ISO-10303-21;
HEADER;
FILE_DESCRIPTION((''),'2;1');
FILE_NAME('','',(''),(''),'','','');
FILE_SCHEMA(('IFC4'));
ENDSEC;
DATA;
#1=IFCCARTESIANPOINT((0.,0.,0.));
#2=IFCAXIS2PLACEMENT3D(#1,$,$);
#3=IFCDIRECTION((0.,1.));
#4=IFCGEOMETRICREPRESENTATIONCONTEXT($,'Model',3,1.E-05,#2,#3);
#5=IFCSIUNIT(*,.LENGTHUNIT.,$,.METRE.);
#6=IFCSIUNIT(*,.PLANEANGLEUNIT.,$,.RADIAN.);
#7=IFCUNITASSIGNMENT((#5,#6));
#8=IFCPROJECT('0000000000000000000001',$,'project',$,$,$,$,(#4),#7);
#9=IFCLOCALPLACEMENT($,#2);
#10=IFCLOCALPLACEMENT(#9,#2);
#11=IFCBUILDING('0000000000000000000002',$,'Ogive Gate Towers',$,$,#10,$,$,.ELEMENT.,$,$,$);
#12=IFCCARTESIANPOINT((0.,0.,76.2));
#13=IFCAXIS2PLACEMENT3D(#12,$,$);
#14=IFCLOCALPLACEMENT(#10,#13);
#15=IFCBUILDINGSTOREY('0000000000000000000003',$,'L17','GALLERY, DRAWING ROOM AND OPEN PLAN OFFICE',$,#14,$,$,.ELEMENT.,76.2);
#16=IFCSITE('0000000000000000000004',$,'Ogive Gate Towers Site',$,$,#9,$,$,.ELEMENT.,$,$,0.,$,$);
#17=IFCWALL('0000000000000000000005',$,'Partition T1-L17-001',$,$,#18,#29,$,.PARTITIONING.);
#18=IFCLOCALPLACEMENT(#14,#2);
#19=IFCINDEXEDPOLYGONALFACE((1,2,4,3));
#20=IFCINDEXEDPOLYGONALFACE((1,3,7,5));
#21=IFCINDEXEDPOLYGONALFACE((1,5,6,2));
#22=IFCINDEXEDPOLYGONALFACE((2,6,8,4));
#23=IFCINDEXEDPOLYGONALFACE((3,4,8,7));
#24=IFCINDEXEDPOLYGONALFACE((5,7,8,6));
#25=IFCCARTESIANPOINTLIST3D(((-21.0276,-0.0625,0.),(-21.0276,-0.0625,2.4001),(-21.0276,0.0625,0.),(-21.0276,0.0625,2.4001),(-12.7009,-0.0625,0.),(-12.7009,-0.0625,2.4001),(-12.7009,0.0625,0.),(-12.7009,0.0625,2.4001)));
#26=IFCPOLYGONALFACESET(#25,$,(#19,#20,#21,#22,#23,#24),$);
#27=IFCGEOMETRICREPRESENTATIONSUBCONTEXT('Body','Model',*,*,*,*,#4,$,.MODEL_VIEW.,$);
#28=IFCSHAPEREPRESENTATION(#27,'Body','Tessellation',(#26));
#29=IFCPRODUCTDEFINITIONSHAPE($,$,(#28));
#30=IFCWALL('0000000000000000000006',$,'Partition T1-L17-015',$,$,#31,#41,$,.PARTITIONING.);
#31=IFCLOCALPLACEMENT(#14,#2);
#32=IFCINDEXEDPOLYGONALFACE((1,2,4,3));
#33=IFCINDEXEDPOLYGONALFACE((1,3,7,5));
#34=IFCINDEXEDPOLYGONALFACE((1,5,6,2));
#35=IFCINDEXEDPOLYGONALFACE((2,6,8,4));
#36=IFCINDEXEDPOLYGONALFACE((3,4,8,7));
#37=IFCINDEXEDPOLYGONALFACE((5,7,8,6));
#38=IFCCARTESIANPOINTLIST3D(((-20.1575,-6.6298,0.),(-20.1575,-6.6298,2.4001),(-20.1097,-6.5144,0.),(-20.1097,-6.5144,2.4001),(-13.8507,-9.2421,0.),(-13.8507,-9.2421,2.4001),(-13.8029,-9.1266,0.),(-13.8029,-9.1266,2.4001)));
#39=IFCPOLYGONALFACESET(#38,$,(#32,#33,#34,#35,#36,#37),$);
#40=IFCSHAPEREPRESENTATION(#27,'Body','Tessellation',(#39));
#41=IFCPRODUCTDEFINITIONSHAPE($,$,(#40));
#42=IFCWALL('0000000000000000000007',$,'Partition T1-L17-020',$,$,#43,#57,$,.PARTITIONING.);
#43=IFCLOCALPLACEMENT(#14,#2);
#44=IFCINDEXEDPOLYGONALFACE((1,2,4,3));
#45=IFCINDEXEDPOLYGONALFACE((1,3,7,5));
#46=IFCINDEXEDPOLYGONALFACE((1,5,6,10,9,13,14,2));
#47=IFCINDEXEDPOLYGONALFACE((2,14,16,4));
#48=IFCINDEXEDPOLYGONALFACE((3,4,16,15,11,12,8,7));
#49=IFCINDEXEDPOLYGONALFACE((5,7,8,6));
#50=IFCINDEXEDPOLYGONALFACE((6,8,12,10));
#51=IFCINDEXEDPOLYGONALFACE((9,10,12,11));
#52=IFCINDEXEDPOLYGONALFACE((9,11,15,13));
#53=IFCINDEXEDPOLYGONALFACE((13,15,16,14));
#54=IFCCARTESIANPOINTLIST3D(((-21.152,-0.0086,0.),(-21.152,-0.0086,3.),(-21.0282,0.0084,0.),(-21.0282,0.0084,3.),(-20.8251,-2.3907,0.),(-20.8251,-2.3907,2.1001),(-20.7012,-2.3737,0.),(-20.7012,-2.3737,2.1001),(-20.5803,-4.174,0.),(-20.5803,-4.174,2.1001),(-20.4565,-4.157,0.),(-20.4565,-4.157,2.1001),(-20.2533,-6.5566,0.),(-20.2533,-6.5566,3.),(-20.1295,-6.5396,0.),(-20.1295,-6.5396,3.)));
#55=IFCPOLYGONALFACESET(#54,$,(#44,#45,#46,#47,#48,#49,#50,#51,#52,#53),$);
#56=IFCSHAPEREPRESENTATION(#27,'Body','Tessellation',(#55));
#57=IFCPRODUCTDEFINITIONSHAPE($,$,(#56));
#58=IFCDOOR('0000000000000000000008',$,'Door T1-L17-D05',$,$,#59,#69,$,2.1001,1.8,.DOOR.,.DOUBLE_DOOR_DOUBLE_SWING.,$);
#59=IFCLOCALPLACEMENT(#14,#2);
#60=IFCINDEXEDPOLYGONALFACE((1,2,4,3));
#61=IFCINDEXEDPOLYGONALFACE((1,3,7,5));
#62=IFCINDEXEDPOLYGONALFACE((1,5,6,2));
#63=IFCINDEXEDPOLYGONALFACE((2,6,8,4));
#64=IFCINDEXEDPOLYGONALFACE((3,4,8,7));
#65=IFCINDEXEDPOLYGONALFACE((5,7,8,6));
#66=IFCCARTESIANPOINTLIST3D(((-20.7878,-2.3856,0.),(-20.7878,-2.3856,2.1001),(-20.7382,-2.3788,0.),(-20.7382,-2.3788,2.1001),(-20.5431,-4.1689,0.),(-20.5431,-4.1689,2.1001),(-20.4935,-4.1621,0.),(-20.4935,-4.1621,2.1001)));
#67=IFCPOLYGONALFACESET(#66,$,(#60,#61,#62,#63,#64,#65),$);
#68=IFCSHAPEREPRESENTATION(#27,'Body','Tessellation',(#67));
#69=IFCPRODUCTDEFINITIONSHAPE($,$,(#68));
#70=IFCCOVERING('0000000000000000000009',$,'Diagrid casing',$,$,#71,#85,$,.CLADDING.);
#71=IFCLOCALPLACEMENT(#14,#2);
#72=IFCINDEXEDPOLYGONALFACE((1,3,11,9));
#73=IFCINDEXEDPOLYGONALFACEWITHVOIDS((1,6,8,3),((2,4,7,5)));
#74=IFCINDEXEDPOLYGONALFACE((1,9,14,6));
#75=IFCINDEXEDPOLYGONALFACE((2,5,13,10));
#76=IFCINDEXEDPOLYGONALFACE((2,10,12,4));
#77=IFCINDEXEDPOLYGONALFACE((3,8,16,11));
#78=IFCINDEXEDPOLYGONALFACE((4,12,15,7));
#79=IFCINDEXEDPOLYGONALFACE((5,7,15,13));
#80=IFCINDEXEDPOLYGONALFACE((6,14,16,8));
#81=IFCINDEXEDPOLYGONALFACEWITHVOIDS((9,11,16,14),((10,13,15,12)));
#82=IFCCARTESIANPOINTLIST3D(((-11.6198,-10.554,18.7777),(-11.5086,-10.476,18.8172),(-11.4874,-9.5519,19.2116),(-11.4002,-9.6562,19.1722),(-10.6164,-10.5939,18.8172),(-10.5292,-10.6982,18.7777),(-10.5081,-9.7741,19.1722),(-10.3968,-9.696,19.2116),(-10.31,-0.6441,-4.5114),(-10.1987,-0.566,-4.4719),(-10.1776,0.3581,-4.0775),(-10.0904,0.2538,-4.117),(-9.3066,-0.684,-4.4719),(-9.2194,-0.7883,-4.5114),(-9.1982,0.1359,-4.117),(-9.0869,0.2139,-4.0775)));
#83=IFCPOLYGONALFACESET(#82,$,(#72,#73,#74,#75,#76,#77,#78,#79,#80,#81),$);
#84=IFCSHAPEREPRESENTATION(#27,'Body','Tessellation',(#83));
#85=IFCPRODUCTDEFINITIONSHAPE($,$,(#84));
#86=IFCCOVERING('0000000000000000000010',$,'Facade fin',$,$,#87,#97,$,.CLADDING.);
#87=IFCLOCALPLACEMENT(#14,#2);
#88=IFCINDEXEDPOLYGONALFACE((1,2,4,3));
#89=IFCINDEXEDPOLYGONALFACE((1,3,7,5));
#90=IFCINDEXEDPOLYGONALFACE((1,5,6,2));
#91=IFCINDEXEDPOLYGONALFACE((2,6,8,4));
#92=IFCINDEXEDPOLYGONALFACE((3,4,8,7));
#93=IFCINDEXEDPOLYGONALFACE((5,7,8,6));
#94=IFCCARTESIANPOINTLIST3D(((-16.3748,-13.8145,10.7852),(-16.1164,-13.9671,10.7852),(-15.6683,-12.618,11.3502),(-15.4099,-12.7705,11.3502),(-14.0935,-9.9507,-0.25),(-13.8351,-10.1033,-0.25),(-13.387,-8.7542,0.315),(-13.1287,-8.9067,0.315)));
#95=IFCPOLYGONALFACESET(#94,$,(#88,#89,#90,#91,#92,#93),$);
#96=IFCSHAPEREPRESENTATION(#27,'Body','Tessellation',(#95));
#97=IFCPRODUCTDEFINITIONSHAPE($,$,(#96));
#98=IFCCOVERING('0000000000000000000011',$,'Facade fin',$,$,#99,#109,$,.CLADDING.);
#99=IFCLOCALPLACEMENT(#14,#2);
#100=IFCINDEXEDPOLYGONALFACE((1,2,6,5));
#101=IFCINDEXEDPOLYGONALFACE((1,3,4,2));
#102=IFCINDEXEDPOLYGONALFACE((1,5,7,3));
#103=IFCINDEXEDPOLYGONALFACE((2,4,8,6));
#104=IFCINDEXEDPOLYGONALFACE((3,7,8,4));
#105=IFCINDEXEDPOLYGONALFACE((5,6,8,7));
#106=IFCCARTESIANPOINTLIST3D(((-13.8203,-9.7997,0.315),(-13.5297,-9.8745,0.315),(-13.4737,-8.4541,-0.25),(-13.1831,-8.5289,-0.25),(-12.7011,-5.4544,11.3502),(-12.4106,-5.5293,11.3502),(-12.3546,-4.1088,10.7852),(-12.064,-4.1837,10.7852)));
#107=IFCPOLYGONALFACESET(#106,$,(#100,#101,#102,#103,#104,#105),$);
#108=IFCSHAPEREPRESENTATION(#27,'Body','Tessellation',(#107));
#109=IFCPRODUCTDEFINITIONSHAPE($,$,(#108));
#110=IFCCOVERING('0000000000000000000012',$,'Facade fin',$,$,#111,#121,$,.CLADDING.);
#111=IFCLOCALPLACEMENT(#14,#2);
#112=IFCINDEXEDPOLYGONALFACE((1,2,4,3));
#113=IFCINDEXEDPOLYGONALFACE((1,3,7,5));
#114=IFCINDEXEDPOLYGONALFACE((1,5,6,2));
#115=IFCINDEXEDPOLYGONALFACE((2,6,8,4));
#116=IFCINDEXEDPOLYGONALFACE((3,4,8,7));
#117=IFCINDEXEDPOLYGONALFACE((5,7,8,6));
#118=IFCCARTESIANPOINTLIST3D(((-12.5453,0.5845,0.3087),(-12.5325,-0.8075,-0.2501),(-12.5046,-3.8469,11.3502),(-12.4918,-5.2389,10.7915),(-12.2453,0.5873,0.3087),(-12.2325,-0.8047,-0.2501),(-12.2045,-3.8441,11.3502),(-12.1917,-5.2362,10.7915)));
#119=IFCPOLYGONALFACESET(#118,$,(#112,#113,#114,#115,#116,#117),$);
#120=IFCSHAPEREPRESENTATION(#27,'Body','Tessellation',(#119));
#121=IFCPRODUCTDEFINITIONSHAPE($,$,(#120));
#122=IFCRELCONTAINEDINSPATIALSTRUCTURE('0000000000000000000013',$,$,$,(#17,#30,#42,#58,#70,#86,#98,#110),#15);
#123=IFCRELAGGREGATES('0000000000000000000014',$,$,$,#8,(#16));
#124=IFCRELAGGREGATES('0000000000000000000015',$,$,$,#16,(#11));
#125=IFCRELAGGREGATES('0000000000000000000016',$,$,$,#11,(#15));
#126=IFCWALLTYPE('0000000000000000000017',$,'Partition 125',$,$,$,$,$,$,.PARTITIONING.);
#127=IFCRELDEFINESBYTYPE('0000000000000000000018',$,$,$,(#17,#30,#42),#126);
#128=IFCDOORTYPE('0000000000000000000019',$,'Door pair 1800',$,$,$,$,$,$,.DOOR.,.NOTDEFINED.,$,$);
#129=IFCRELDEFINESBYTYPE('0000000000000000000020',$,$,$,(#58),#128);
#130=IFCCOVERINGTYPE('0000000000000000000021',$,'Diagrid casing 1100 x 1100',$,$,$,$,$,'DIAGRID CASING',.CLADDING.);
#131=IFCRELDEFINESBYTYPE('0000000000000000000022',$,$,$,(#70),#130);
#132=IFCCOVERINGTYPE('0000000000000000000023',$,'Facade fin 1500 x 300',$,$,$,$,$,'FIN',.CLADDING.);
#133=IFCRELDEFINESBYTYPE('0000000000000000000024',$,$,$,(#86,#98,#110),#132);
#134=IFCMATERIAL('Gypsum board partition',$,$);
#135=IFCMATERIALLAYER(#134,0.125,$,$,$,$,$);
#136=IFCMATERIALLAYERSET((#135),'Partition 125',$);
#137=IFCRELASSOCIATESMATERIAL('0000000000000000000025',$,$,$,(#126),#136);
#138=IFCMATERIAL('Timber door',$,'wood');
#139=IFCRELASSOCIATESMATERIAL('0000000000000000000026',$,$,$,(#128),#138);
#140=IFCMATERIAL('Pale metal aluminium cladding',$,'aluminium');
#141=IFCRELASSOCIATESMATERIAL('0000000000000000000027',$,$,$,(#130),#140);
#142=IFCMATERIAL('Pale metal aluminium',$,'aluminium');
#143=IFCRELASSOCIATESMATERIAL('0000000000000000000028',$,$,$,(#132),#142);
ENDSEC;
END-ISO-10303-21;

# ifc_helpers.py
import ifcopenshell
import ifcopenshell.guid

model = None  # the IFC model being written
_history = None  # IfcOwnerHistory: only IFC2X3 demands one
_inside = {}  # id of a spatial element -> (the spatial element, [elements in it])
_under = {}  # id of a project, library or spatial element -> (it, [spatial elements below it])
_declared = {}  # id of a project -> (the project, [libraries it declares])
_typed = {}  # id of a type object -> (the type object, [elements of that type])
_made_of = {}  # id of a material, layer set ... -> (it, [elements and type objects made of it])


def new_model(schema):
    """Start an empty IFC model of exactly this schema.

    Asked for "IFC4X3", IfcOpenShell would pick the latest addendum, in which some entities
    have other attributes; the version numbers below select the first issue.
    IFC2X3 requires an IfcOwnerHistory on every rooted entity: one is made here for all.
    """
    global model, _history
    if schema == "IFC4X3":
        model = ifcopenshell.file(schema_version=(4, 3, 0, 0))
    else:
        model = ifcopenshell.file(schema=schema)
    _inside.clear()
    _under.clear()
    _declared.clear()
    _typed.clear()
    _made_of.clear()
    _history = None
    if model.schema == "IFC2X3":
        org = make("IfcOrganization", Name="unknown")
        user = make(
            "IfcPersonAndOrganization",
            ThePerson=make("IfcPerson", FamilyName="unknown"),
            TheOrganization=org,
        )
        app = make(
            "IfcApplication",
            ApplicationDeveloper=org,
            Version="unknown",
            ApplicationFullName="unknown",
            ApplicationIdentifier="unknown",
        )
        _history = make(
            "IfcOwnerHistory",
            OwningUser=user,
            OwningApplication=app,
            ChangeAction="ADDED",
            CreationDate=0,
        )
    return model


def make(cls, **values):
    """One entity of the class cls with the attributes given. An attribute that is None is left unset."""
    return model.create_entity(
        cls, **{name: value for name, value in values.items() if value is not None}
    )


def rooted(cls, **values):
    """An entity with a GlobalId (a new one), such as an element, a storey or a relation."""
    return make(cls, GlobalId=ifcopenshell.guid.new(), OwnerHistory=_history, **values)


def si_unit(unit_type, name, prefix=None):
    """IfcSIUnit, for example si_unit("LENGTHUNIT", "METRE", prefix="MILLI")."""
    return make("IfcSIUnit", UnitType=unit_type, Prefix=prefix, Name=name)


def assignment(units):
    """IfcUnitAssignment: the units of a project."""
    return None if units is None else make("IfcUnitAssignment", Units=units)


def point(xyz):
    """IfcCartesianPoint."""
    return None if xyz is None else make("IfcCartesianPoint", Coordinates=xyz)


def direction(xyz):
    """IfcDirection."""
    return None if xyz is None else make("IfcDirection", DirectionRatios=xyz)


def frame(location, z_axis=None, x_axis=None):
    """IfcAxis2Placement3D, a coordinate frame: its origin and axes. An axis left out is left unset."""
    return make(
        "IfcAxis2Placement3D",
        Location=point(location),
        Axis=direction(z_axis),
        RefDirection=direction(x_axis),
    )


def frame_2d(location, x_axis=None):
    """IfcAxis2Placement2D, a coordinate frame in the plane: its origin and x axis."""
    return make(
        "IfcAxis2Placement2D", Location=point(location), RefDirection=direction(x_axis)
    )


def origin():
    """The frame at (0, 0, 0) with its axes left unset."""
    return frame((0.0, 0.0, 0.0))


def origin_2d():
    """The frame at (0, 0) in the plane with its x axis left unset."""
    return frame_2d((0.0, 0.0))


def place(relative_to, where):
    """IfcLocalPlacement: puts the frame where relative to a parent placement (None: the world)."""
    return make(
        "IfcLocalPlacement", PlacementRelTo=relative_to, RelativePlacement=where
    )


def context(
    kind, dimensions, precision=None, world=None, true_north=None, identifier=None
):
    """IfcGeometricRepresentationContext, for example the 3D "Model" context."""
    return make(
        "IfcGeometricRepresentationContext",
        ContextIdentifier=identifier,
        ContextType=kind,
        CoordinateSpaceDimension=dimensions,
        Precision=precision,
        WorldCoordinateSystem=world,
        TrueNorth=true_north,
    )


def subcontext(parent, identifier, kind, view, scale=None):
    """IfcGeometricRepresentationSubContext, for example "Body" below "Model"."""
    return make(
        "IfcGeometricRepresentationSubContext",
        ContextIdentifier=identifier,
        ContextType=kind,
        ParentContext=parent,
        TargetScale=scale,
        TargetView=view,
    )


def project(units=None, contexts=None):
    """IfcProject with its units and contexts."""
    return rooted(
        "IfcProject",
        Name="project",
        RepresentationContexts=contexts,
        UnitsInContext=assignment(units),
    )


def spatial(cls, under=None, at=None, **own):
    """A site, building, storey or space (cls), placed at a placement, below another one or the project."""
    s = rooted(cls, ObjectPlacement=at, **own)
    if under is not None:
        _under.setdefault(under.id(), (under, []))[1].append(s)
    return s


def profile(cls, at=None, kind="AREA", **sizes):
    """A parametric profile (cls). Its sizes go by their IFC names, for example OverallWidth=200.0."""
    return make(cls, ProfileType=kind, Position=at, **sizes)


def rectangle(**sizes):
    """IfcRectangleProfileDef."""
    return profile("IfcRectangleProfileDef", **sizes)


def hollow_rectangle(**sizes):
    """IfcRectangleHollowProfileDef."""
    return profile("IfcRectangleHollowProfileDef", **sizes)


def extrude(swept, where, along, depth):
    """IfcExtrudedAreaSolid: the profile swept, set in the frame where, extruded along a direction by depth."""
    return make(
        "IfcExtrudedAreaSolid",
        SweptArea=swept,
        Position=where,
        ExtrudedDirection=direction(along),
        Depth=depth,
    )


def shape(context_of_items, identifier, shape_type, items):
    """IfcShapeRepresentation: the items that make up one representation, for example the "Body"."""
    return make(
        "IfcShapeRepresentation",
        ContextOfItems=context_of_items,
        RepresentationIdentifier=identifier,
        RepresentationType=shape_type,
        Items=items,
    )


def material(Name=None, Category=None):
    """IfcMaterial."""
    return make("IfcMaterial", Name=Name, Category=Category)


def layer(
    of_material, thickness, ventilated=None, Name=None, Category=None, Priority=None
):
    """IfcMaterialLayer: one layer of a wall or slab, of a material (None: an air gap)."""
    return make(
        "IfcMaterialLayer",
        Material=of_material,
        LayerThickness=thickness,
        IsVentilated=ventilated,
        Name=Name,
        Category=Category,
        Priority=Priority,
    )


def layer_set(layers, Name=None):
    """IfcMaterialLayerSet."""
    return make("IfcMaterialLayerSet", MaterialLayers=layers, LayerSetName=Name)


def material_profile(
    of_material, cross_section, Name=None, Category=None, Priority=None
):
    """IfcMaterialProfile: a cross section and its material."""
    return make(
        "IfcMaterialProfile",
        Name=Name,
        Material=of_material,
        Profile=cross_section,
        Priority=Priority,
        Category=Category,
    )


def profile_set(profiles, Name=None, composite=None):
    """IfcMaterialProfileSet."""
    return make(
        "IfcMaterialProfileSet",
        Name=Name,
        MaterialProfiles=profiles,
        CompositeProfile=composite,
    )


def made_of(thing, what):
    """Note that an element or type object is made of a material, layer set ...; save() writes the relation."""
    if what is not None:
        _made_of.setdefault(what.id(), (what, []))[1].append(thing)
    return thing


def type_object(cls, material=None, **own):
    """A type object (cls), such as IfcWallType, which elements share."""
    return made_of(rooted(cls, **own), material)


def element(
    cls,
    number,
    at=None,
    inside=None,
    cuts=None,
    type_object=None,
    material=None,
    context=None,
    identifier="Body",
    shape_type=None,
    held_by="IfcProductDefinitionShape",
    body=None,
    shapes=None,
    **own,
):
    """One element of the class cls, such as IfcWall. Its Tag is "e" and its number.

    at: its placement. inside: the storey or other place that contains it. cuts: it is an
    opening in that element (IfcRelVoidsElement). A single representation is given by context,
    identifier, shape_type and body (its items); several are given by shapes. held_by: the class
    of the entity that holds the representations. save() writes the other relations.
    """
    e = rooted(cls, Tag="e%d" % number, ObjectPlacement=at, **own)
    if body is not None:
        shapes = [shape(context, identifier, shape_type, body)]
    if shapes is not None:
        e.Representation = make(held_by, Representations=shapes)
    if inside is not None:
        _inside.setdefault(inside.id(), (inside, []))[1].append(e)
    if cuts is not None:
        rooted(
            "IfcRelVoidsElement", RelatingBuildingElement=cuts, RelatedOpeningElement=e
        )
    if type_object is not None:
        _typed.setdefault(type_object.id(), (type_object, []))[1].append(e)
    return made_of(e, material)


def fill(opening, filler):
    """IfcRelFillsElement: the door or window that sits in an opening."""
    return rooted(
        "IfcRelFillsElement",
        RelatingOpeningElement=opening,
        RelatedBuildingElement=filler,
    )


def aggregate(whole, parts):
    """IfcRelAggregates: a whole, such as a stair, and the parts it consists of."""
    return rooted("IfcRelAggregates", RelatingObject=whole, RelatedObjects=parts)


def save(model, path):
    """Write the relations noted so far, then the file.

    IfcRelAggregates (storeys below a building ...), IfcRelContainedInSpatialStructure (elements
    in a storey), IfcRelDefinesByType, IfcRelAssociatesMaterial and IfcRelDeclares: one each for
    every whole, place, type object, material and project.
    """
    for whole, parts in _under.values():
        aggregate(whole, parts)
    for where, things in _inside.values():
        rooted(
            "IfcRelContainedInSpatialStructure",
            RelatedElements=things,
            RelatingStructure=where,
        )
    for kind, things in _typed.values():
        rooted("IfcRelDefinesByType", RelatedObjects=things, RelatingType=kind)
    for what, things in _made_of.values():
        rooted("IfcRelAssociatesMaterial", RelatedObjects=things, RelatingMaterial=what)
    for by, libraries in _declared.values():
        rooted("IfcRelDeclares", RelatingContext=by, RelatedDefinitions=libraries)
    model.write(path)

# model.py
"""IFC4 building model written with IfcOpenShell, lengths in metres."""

from ifc_helpers import new_model, si_unit, direction, frame, frame_2d, origin, origin_2d, place, context, subcontext, project, spatial, rectangle, hollow_rectangle, extrude, material, layer, layer_set, material_profile, profile_set, type_object, element, fill, save


model = new_model("IFC4")

# Units and contexts
model_context = context("Model", 3, precision=1e-05, world=origin(), true_north=direction((0.0, 1.0)))
body_context = subcontext(model_context, "Body", "Model", "MODEL_VIEW")
ifc_project = project(units=[si_unit("LENGTHUNIT", "METRE"), si_unit("PLANEANGLEUNIT", "RADIAN")], contexts=[model_context])

# Site, building, storey
site_placement = place(None, origin())
site = spatial("IfcSite", under=ifc_project, at=site_placement, Name="Ogive Gate Towers Site", CompositionType="ELEMENT", RefElevation=0.0)
building_placement = place(site_placement, origin())
building = spatial("IfcBuilding", under=site, at=building_placement, Name="Ogive Gate Towers", CompositionType="ELEMENT")
storey_placement = place(building_placement, frame((0.0, 0.0, 76.2)))
storey = spatial("IfcBuildingStorey", under=building, at=storey_placement, Name="L17", Description="GALLERY, DRAWING ROOM AND OPEN PLAN OFFICE", CompositionType="ELEMENT", Elevation=76.2)

# Shared definitions
ifc_material_1 = material(Name="Pale metal aluminium", Category="aluminium")

# Walls
ifc_material_2 = material(Name="Gypsum board partition")
ifc_layer_1 = layer(ifc_material_2, 0.125)
ifc_layer_set_1 = layer_set([ifc_layer_1], Name="Partition 125")
wall_type = type_object("IfcWallType", Name="Partition 125", PredefinedType="PARTITIONING", material=ifc_layer_set_1)
wall_1_placement = place(storey_placement, frame((-12.7009, 0.0, 0.0), z_axis=(0.0, 0.0, 1.0), x_axis=(-1.0, 0.0, 0.0)))
element("IfcWall", 1, at=wall_1_placement, inside=storey, type_object=wall_type, Name="Partition T1-L17-001", PredefinedType="PARTITIONING", context=body_context, shape_type="SweptSolid", body=[
    extrude(rectangle(XDim=8.3267, YDim=0.125, at=frame_2d((4.1633, 0.0))), origin(), (0.0, 0.0, 1.0), 2.4001),
])
wall_2_placement = place(storey_placement, frame((-13.8269, -9.1843, 0.0), z_axis=(0.0, 0.0, 1.0), x_axis=(-0.923884, 0.382672, 0.0)))
element("IfcWall", 2, at=wall_2_placement, inside=storey, type_object=wall_type, Name="Partition T1-L17-015", PredefinedType="PARTITIONING", context=body_context, shape_type="SweptSolid", body=[
    extrude(rectangle(XDim=6.8264, YDim=0.125, at=frame_2d((3.4131, 0.0))), origin(), (0.0, 0.0, 1.0), 2.4001),
])

# Wall, opening, door
wall_3_placement = place(storey_placement, frame((-20.1914, -6.5481, 0.0), z_axis=(0.0, 0.0, 1.0), x_axis=(-0.135969, 0.990713, 0.0)))
wall_3 = element("IfcWall", 3, at=wall_3_placement, inside=storey, type_object=wall_type, Name="Partition T1-L17-020", PredefinedType="PARTITIONING", context=body_context, shape_type="SweptSolid", body=[
    extrude(rectangle(XDim=6.6094, YDim=0.125, at=frame_2d((3.3047, 0.0))), origin(), (0.0, 0.0, 1.0), 3.0),
])
opening_placement = place(wall_3_placement, frame((2.405, 0.0, 0.0)))
opening = element("IfcOpeningElement", 4, at=opening_placement, cuts=wall_3, PredefinedType="OPENING", context=body_context, shape_type="SweptSolid", body=[
    extrude(rectangle(XDim=1.8, YDim=2.1001, at=frame_2d((0.8999, 1.05))), frame((0.0, 0.0725, 0.0), z_axis=(0.0, -1.0, 0.0), x_axis=(1.0, 0.0, 0.0)), (0.0, 0.0, 1.0), 0.145),
])
ifc_material_3 = material(Name="Timber door", Category="wood")
door_type = type_object("IfcDoorType", Name="Door pair 1800", OperationType="NOTDEFINED", PredefinedType="DOOR", material=ifc_material_3)
door_placement = place(opening_placement, origin())
door = element("IfcDoor", 5, at=door_placement, inside=storey, type_object=door_type, Name="Door T1-L17-D05", OperationType="DOUBLE_DOOR_DOUBLE_SWING", OverallHeight=2.1001, OverallWidth=1.8, PredefinedType="DOOR", context=body_context, shape_type="SweptSolid", body=[
    extrude(rectangle(XDim=1.8, YDim=2.1001, at=frame_2d((0.8999, 1.05))), frame((0.0, 0.0249, 0.0), z_axis=(0.0, -1.0, 0.0), x_axis=(1.0, 0.0, 0.0)), (0.0, 0.0, 1.0), 0.05),
])
fill(opening, door)

# Coverings
ifc_material_4 = material(Name="Pale metal aluminium cladding", Category="aluminium")
ifc_material_profile_1 = material_profile(ifc_material_4, hollow_rectangle(XDim=1.1001, YDim=1.1001, WallThickness=0.1001, at=origin_2d()), Name="1100 x 1100 pale metal casing")
ifc_profile_set_1 = profile_set([ifc_material_profile_1], Name="Pale metal aluminium cladding")
covering_type_1 = type_object("IfcCoveringType", Name="Diagrid casing 1100 x 1100", ElementType="DIAGRID CASING", PredefinedType="CLADDING", material=ifc_profile_set_1)
covering_1_placement = place(storey_placement, frame((-9.6985, -0.2151, -4.2944), z_axis=(-0.051682, -0.391021, 0.91893), x_axis=(0.991378, -0.131033, 0.0)))
element("IfcCovering", 6, at=covering_1_placement, inside=storey, type_object=covering_type_1, Name="Diagrid casing", PredefinedType="CLADDING", context=body_context, shape_type="SweptSolid", body=[
    extrude(hollow_rectangle(XDim=1.1001, YDim=1.1001, WallThickness=0.1001, at=origin_2d()), origin(), (0.0, 0.0, 1.0), 25.3438),
])
ifc_material_profile_2 = material_profile(ifc_material_1, rectangle(XDim=0.3, YDim=1.5, at=origin_2d()), Name="1500 x 300 pale metal aluminium")
ifc_profile_set_2 = profile_set([ifc_material_profile_2], Name="Pale metal aluminium")
covering_type_2 = type_object("IfcCoveringType", Name="Facade fin 1500 x 300", ElementType="FIN", PredefinedType="CLADDING", material=ifc_profile_set_2)
for number, where, z_axis, x_axis, name in (
    (7, (-13.6111, -9.4287, 0.0325), (-0.191501, -0.324346, 0.926352), (0.861111, -0.508418, 0.0), "Facade fin"),
    (8, (-13.5017, -9.1643, 0.0325), (0.093947, 0.36476, 0.92635), (-0.968396, 0.249417, 0.0), "Facade fin"),
):
    element("IfcCovering", number, at=place(storey_placement, frame(where, z_axis=z_axis, x_axis=x_axis)), inside=storey, type_object=covering_type_2, Name=name, PredefinedType="CLADDING", context=body_context, shape_type="SweptSolid", body=[
        extrude(rectangle(XDim=0.3, YDim=1.5, at=origin_2d()), origin(), (0.0, 0.0, 1.0), 11.9126),
    ])
covering_2_placement = place(storey_placement, frame((-12.3889, -0.1101, 0.0293), z_axis=(0.003427, -0.37246, 0.928042), x_axis=(0.999958, 0.0092, 0.0)))
element("IfcCovering", 9, at=covering_2_placement, inside=storey, type_object=covering_type_2, Name="Facade fin", PredefinedType="CLADDING", context=body_context, shape_type="SweptSolid", body=[
    extrude(rectangle(XDim=0.3, YDim=1.5, at=origin_2d()), origin(), (0.0, 0.0, 1.0), 11.8977),
])

save(model, "model.ifc")
